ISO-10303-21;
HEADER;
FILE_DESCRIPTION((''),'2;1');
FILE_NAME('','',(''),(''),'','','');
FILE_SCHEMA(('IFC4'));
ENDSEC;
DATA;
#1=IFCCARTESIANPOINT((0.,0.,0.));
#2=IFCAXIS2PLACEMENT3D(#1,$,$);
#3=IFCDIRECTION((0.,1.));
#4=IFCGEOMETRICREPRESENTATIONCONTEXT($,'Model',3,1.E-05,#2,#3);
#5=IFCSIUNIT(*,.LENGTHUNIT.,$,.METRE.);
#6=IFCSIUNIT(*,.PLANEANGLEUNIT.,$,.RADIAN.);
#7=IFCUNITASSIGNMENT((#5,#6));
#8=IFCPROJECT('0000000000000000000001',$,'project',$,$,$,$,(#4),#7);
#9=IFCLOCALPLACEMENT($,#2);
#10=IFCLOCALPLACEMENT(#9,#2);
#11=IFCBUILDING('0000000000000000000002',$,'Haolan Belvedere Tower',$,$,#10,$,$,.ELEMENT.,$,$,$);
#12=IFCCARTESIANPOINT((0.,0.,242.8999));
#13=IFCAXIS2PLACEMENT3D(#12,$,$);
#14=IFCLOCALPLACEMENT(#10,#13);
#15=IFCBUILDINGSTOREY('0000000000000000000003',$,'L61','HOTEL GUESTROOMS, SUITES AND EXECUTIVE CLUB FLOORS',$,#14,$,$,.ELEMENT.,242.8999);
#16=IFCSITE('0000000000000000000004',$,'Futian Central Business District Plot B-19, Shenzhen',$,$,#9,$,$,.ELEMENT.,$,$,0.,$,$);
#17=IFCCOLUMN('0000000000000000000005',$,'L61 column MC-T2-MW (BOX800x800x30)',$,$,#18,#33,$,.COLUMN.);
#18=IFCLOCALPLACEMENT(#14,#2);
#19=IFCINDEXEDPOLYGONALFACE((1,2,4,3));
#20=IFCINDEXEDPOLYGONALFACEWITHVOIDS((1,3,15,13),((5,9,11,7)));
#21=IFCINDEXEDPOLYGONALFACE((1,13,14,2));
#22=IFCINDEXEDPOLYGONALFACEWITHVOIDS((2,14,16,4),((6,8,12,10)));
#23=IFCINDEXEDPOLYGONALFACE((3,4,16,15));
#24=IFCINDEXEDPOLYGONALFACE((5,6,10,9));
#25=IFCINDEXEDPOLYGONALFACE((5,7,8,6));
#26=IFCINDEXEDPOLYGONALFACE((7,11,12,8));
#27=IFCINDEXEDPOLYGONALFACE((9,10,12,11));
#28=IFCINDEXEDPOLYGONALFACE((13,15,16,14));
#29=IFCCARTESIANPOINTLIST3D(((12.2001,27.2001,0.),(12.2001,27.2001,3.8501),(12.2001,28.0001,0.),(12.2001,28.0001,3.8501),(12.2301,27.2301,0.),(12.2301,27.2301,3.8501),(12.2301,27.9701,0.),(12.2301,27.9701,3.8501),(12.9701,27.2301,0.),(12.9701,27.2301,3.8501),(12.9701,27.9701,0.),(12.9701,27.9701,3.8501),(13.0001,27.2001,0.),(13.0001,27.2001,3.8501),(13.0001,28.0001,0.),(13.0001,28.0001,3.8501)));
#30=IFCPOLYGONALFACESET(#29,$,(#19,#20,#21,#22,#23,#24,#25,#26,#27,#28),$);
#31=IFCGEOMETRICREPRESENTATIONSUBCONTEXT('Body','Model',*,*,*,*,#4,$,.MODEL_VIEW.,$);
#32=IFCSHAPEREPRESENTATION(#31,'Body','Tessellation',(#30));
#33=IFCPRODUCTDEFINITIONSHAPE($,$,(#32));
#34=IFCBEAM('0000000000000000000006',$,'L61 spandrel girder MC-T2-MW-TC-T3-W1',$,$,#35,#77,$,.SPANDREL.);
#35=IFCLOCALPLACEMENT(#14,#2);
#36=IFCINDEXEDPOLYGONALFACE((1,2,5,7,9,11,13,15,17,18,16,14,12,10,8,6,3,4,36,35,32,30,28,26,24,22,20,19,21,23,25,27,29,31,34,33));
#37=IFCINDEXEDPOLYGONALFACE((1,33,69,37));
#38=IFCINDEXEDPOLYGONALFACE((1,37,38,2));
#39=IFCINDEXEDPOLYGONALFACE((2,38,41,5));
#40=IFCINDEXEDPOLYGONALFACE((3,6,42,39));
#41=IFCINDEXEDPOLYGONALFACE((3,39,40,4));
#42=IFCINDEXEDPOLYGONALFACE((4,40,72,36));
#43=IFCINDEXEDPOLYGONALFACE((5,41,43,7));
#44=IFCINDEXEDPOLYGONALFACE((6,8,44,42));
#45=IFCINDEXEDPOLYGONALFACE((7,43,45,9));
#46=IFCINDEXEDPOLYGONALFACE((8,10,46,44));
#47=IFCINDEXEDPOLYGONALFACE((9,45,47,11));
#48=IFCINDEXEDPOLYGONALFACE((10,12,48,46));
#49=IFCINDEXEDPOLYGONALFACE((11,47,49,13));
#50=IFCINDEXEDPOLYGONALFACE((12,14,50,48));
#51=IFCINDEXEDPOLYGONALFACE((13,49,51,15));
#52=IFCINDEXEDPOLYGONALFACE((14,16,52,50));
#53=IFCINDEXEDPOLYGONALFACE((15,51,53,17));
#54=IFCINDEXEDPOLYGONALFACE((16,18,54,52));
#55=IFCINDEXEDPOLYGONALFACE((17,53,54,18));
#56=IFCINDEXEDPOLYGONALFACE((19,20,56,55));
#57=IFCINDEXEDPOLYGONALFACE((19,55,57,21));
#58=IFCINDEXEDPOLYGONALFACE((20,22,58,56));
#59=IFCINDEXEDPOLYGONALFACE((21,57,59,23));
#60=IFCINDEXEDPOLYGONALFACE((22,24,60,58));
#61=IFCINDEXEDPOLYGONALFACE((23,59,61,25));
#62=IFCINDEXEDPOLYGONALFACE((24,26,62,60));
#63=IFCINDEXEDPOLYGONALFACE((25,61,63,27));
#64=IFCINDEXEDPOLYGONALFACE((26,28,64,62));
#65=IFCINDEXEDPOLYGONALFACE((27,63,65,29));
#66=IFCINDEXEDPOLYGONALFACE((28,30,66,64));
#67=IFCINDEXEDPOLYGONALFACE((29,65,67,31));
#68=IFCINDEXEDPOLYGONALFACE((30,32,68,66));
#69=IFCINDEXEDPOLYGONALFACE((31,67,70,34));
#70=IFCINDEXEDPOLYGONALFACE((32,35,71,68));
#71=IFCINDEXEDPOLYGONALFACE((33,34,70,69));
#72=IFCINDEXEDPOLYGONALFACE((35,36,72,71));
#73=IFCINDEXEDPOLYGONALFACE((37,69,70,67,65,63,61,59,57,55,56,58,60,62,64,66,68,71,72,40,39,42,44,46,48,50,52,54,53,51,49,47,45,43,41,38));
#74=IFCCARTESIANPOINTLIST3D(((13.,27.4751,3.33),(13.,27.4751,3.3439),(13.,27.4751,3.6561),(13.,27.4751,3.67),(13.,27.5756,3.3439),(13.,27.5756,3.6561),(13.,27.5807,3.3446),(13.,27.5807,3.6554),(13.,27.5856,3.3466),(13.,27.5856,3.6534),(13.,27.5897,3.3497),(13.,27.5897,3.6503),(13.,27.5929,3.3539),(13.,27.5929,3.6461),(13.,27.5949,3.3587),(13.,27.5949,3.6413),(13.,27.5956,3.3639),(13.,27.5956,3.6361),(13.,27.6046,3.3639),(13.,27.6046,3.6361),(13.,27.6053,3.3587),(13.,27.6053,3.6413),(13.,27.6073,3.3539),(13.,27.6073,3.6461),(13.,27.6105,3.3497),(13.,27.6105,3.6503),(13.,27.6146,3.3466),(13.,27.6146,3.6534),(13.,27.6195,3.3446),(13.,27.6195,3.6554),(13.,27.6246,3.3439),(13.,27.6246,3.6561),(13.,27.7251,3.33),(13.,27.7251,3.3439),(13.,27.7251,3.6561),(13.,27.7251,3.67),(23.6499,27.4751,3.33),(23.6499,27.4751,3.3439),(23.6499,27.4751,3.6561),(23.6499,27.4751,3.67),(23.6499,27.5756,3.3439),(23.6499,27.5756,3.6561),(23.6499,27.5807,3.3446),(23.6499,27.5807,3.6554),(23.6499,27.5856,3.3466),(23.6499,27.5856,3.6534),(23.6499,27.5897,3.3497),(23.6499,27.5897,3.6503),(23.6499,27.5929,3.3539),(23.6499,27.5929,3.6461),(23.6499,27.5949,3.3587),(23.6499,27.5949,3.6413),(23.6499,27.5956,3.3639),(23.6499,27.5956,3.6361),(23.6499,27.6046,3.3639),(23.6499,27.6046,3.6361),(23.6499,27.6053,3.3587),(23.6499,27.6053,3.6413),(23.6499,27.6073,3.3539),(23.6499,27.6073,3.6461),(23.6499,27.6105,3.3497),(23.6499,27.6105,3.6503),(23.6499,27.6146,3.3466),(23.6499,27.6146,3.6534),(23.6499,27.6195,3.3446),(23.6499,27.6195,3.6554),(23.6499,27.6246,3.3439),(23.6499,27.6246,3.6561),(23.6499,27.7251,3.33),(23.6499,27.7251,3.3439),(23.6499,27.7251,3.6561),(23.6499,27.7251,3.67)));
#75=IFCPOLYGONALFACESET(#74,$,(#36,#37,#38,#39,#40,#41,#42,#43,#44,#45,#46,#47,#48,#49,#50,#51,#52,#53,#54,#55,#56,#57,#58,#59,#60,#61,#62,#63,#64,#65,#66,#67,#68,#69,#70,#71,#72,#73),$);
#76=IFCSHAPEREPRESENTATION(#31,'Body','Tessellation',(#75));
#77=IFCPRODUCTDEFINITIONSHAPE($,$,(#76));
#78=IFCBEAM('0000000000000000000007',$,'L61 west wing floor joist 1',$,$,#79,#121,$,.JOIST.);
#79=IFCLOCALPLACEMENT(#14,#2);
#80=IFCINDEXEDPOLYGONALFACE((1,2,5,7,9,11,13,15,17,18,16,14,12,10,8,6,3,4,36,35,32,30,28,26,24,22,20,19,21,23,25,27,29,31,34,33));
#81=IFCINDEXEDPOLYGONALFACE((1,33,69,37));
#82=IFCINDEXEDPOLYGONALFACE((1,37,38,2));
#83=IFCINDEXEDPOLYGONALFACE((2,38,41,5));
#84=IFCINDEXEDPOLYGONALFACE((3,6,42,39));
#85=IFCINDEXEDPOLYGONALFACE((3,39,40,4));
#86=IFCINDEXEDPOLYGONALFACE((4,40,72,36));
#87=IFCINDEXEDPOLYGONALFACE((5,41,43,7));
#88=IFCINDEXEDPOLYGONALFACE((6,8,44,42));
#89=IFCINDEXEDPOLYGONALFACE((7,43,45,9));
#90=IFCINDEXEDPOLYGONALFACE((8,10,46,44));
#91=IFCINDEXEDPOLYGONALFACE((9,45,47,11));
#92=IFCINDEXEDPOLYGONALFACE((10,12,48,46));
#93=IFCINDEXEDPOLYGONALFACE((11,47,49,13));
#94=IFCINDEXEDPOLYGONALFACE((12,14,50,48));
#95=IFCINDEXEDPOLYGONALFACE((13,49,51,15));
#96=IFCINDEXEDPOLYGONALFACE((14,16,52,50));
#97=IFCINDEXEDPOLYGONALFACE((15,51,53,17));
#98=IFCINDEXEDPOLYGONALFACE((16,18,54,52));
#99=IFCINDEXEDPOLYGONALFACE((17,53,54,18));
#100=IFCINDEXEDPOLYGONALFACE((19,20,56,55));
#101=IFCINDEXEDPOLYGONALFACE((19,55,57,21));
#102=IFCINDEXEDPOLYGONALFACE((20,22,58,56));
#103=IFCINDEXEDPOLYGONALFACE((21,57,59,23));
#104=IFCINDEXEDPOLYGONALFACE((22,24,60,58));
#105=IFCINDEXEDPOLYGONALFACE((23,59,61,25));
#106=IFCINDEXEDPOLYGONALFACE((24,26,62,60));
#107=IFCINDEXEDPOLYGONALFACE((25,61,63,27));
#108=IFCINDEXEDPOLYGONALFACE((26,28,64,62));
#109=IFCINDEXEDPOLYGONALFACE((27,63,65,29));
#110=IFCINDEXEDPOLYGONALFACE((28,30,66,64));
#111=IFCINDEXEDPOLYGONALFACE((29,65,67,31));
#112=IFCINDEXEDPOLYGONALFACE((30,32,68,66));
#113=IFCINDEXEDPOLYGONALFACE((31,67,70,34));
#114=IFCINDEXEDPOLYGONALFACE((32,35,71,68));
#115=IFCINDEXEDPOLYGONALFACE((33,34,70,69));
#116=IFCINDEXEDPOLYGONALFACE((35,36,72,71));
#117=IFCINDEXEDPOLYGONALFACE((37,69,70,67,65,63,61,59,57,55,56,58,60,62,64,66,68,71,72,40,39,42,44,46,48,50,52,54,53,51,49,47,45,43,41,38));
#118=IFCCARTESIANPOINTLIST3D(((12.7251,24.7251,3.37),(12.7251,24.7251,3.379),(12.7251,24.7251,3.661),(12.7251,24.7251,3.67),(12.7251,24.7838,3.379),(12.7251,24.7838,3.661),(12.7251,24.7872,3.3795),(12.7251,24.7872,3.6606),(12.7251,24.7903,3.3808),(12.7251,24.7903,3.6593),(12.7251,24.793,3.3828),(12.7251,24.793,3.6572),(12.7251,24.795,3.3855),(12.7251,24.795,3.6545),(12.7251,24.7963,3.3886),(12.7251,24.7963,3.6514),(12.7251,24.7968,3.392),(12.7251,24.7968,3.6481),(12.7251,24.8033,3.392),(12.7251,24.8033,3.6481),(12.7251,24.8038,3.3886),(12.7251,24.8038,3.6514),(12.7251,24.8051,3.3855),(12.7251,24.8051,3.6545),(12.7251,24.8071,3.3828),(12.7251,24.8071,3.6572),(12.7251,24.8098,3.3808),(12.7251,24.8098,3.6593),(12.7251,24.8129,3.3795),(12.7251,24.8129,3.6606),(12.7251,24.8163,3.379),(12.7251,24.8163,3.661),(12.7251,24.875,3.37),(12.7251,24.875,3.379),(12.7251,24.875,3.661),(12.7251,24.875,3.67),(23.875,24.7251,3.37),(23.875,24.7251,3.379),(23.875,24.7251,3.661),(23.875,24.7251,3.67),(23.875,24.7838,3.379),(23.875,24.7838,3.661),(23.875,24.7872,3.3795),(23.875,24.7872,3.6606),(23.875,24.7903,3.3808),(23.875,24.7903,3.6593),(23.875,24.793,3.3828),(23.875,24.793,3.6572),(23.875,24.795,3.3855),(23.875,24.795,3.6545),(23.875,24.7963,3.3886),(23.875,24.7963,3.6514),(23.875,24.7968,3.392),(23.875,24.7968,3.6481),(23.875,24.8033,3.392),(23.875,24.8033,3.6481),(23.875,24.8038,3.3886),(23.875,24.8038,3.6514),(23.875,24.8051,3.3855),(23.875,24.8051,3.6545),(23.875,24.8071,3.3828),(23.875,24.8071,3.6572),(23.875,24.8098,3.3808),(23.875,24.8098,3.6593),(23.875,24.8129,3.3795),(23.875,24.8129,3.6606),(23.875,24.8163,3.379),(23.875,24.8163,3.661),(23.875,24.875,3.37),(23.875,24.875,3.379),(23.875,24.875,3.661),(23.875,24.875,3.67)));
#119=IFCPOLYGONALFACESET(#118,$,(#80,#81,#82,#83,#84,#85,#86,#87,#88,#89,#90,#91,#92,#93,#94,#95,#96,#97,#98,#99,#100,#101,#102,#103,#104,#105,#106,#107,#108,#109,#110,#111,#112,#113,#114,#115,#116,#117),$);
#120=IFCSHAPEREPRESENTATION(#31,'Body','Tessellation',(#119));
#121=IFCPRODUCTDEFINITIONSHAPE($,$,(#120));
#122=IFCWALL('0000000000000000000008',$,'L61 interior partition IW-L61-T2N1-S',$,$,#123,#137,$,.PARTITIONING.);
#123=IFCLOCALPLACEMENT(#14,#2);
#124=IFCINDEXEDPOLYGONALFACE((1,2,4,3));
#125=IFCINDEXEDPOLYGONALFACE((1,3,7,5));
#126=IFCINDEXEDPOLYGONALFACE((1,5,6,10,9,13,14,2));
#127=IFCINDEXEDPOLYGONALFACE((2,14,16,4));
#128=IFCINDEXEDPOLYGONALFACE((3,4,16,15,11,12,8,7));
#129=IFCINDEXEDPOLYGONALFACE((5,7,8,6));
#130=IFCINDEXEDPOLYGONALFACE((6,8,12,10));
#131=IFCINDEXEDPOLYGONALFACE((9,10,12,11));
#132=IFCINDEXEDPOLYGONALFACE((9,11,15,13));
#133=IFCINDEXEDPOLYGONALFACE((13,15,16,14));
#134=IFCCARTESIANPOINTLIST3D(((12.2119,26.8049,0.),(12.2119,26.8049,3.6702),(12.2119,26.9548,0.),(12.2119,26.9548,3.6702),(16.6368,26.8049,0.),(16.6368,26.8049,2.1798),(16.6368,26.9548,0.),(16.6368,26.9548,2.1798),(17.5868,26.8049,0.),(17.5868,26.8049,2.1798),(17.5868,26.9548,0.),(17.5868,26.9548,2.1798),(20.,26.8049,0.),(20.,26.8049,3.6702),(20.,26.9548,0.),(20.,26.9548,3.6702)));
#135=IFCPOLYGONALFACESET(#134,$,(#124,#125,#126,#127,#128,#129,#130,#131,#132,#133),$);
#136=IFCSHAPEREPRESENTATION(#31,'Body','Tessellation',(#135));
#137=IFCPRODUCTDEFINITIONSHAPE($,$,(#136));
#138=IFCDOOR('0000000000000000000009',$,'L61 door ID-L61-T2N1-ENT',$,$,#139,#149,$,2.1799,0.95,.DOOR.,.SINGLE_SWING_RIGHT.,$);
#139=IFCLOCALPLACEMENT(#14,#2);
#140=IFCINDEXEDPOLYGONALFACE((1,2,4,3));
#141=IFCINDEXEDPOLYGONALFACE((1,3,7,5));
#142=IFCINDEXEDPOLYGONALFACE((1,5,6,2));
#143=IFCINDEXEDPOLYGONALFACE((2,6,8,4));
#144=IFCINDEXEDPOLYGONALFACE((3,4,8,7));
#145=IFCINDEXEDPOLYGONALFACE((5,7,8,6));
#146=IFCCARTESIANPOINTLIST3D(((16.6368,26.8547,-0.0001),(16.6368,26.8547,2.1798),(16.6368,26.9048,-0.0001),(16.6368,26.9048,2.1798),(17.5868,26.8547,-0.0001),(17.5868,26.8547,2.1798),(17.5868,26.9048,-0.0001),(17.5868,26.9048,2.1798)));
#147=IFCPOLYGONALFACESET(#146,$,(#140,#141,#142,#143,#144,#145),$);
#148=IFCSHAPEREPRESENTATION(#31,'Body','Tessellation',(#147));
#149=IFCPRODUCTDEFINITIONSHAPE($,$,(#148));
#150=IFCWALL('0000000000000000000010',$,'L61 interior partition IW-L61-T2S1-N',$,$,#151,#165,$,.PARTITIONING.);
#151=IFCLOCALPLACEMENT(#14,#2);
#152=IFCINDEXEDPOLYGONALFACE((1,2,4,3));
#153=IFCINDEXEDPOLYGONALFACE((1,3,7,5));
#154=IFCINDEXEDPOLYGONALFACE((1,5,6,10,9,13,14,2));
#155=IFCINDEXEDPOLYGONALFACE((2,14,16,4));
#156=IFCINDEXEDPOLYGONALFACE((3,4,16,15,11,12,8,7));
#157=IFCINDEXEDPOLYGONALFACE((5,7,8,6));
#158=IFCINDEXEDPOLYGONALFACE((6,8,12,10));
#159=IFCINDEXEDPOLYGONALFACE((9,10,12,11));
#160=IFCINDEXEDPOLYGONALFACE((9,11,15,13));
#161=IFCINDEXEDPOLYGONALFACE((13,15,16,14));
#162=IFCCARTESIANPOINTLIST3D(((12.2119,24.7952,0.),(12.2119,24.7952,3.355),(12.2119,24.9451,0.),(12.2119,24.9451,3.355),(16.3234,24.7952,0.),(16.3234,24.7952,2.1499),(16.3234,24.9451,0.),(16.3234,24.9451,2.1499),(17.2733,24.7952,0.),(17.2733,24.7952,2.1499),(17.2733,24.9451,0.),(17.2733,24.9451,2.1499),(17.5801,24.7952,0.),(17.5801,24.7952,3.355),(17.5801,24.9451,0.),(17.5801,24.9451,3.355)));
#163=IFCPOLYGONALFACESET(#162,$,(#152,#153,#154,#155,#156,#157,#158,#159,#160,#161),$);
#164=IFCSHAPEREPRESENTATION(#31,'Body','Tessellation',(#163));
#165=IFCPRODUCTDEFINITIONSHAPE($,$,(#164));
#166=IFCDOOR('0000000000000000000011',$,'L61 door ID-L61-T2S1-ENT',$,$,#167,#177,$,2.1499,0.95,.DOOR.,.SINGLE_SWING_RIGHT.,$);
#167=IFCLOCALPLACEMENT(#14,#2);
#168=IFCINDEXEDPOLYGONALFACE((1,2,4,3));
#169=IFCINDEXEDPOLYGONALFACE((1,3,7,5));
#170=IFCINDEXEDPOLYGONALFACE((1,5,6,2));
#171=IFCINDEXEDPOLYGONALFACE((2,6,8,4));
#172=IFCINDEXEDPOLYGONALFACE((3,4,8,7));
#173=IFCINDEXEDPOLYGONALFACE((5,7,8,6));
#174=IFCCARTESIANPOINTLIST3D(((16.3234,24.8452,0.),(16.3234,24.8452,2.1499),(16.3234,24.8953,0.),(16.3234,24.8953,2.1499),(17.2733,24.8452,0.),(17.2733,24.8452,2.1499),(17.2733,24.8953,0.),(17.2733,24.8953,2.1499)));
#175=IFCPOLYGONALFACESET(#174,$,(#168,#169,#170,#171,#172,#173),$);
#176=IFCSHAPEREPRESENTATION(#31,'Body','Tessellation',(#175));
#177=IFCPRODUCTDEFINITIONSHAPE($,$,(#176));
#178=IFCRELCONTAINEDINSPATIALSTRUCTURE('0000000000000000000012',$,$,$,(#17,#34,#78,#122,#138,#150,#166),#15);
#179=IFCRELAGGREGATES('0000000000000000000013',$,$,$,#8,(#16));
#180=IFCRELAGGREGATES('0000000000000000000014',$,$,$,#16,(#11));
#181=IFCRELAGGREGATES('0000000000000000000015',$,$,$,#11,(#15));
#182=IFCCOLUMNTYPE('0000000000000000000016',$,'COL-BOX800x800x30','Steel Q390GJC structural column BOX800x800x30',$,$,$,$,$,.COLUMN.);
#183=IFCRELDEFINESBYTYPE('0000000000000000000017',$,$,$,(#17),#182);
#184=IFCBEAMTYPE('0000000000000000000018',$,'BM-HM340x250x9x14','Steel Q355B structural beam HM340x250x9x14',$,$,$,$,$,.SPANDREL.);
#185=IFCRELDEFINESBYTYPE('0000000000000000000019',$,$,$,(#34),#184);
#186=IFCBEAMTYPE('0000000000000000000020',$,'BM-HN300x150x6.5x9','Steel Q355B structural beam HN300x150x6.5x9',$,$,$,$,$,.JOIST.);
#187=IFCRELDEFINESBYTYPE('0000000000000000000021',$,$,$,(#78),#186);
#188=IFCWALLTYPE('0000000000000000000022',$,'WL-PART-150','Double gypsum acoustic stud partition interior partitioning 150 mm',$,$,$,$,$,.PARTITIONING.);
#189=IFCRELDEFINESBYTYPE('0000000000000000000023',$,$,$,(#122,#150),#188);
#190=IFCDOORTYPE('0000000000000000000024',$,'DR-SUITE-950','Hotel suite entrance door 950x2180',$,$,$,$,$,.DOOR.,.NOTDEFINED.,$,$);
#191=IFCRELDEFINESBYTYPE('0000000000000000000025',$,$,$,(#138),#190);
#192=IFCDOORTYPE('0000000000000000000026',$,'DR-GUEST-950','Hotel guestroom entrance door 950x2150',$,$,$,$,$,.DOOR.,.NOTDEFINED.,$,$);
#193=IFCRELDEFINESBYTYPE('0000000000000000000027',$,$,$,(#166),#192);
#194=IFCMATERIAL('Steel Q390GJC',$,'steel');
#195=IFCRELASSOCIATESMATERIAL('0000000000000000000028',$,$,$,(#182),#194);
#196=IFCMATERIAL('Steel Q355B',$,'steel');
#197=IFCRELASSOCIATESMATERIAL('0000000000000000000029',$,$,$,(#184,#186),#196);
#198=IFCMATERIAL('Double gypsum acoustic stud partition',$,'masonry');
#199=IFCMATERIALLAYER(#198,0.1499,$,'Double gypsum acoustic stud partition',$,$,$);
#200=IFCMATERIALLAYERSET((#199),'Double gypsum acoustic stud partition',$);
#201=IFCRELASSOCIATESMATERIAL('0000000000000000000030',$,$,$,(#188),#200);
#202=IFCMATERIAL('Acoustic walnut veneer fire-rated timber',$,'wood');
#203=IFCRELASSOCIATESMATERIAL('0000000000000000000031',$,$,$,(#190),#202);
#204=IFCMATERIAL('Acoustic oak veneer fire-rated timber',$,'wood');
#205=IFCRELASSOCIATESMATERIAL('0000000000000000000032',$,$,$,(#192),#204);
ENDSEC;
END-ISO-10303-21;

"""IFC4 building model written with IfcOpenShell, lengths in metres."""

from ifc_helpers import new_model, si_unit, direction, frame, frame_2d, origin, origin_2d, place, context, subcontext, project, spatial, rectangle, hollow_rectangle, i_section, extrude, material, layer, layer_set, material_profile, profile_set, type_object, element, fill, save


model = new_model("IFC4")

# Units and contexts
model_context = context("Model", 3, precision=1e-05, world=origin(), true_north=direction((0.0, 1.0)))
body_context = subcontext(model_context, "Body", "Model", "MODEL_VIEW")
ifc_project = project(units=[si_unit("LENGTHUNIT", "METRE"), si_unit("PLANEANGLEUNIT", "RADIAN")], contexts=[model_context])

# Site, building, storey
site_placement = place(None, origin())
site = spatial("IfcSite", under=ifc_project, at=site_placement, Name="Futian Central Business District Plot B-19, Shenzhen", CompositionType="ELEMENT", RefElevation=0.0)
building_placement = place(site_placement, origin())
building = spatial("IfcBuilding", under=site, at=building_placement, Name="Haolan Belvedere Tower", CompositionType="ELEMENT")
storey_placement = place(building_placement, frame((0.0, 0.0, 242.8999)))
storey = spatial("IfcBuildingStorey", under=building, at=storey_placement, Name="L61", Description="HOTEL GUESTROOMS, SUITES AND EXECUTIVE CLUB FLOORS", CompositionType="ELEMENT", Elevation=242.8999)

# Column
ifc_material_1 = material(Name="Steel Q390GJC", Category="steel")
ifc_material_profile_1 = material_profile(ifc_material_1, hollow_rectangle(XDim=0.8, YDim=0.8, WallThickness=0.03, at=origin_2d()), Name="Steel Q390GJC")
ifc_profile_set_1 = profile_set([ifc_material_profile_1], Name="Steel Q390GJC")
column_type = type_object("IfcColumnType", Name="COL-BOX800x800x30", Description="Steel Q390GJC structural column BOX800x800x30", PredefinedType="COLUMN", material=ifc_profile_set_1)
column_placement = place(storey_placement, frame((12.6001, 27.6001, 0.0), z_axis=(0.0, 0.0, 1.0), x_axis=(1.0, 0.0, 0.0)))
element("IfcColumn", 1, at=column_placement, inside=storey, type_object=column_type, Name="L61 column MC-T2-MW (BOX800x800x30)", PredefinedType="COLUMN", context=body_context, shape_type="SweptSolid", body=[
    extrude(hollow_rectangle(XDim=0.8, YDim=0.8, WallThickness=0.03, at=origin_2d()), origin(), (0.0, 0.0, 1.0), 3.8501),
])

# Beams
ifc_material_2 = material(Name="Steel Q355B", Category="steel")
ifc_material_profile_2 = material_profile(ifc_material_2, i_section(OverallWidth=0.25, OverallDepth=0.3401, WebThickness=0.009, FlangeThickness=0.0139, FilletRadius=0.02, at=origin_2d()), Name="Steel Q355B")
ifc_profile_set_2 = profile_set([ifc_material_profile_2], Name="Steel Q355B")
beam_type_1 = type_object("IfcBeamType", Name="BM-HM340x250x9x14", Description="Steel Q355B structural beam HM340x250x9x14", PredefinedType="SPANDREL", material=ifc_profile_set_2)
beam_1_placement = place(storey_placement, frame((13.0, 27.6001, 3.5), z_axis=(1.0, 0.0, 0.0), x_axis=(0.0, 1.0, 0.0)))
element("IfcBeam", 2, at=beam_1_placement, inside=storey, type_object=beam_type_1, Name="L61 spandrel girder MC-T2-MW-TC-T3-W1", PredefinedType="SPANDREL", context=body_context, shape_type="SweptSolid", body=[
    extrude(i_section(OverallWidth=0.25, OverallDepth=0.3401, WebThickness=0.009, FlangeThickness=0.0139, FilletRadius=0.02, at=origin_2d()), origin(), (0.0, 0.0, 1.0), 10.6499),
])
ifc_material_profile_3 = material_profile(ifc_material_2, i_section(OverallWidth=0.1499, OverallDepth=0.3, WebThickness=0.0066, FlangeThickness=0.009, FilletRadius=0.0129, at=origin_2d()), Name="Steel Q355B")
ifc_profile_set_3 = profile_set([ifc_material_profile_3], Name="Steel Q355B")
beam_type_2 = type_object("IfcBeamType", Name="BM-HN300x150x6.5x9", Description="Steel Q355B structural beam HN300x150x6.5x9", PredefinedType="JOIST", material=ifc_profile_set_3)
beam_2_placement = place(storey_placement, frame((12.7251, 24.8, 3.52), z_axis=(1.0, 0.0, 0.0), x_axis=(0.0, 1.0, 0.0)))
element("IfcBeam", 3, at=beam_2_placement, inside=storey, type_object=beam_type_2, Name="L61 west wing floor joist 1", PredefinedType="JOIST", context=body_context, shape_type="SweptSolid", body=[
    extrude(i_section(OverallWidth=0.1499, OverallDepth=0.3, WebThickness=0.0066, FlangeThickness=0.009, FilletRadius=0.0129, at=origin_2d()), origin(), (0.0, 0.0, 1.0), 11.1499),
])

# Walls, openings, doors
ifc_material_3 = material(Name="Double gypsum acoustic stud partition", Category="masonry")
ifc_layer_1 = layer(ifc_material_3, 0.1499, Name="Double gypsum acoustic stud partition")
ifc_layer_set_1 = layer_set([ifc_layer_1], Name="Double gypsum acoustic stud partition")
wall_type_1 = type_object("IfcWallType", Name="WL-PART-150", Description="Double gypsum acoustic stud partition interior partitioning 150 mm", PredefinedType="PARTITIONING", material=ifc_layer_set_1)
wall_1_placement = place(storey_placement, frame((12.2119, 26.8799, 0.0), z_axis=(0.0, 0.0, 1.0), x_axis=(1.0, 0.0, 0.0)))
wall_1 = element("IfcWall", 4, at=wall_1_placement, inside=storey, type_object=wall_type_1, Name="L61 interior partition IW-L61-T2N1-S", PredefinedType="PARTITIONING", context=body_context, shape_type="SweptSolid", body=[
    extrude(rectangle(XDim=7.7881, YDim=0.1499, at=frame_2d((3.894, 0.0))), origin(), (0.0, 0.0, 1.0), 3.6702),
])
opening_1_placement = place(wall_1_placement, frame((4.4248, 0.0, 0.0)))
opening_1 = element("IfcOpeningElement", 5, at=opening_1_placement, cuts=wall_1, PredefinedType="OPENING", context=body_context, shape_type="SweptSolid", body=[
    extrude(rectangle(XDim=0.95, YDim=2.1799, at=frame_2d((0.4751, 1.0898))), frame((0.0, 0.085, 0.0), z_axis=(0.0, -1.0, 0.0), x_axis=(1.0, 0.0, 0.0)), (0.0, 0.0, 1.0), 0.1699),
])
ifc_material_4 = material(Name="Acoustic walnut veneer fire-rated timber", Category="wood")
door_type_1 = type_object("IfcDoorType", Name="DR-SUITE-950", Description="Hotel suite entrance door 950x2180", OperationType="NOTDEFINED", PredefinedType="DOOR", material=ifc_material_4)
door_1_placement = place(opening_1_placement, origin())
door_1 = element("IfcDoor", 6, at=door_1_placement, inside=storey, type_object=door_type_1, Name="L61 door ID-L61-T2N1-ENT", OperationType="SINGLE_SWING_RIGHT", OverallHeight=2.1799, OverallWidth=0.95, PredefinedType="DOOR", context=body_context, shape_type="SweptSolid", body=[
    extrude(rectangle(XDim=0.95, YDim=2.1799, at=frame_2d((0.4751, 1.0898))), frame((0.0, 0.0249, 0.0), z_axis=(0.0, -1.0, 0.0), x_axis=(1.0, 0.0, 0.0)), (0.0, 0.0, 1.0), 0.05),
])
fill(opening_1, door_1)
wall_2_placement = place(storey_placement, frame((12.2119, 24.8701, 0.0), z_axis=(0.0, 0.0, 1.0), x_axis=(1.0, 0.0, 0.0)))
wall_2 = element("IfcWall", 7, at=wall_2_placement, inside=storey, type_object=wall_type_1, Name="L61 interior partition IW-L61-T2S1-N", PredefinedType="PARTITIONING", context=body_context, shape_type="SweptSolid", body=[
    extrude(rectangle(XDim=5.3682, YDim=0.1499, at=frame_2d((2.6841, 0.0))), origin(), (0.0, 0.0, 1.0), 3.355),
])
opening_2_placement = place(wall_2_placement, frame((5.0615, 0.0, 0.0), z_axis=(0.0, 0.0, 1.0), x_axis=(-1.0, 0.0, 0.0)))
opening_2 = element("IfcOpeningElement", 8, at=opening_2_placement, cuts=wall_2, PredefinedType="OPENING", context=body_context, shape_type="SweptSolid", body=[
    extrude(rectangle(XDim=0.95, YDim=2.1499, at=frame_2d((0.4751, 1.075))), frame((0.0, 0.085, 0.0), z_axis=(0.0, -1.0, 0.0), x_axis=(1.0, 0.0, 0.0)), (0.0, 0.0, 1.0), 0.1699),
])
ifc_material_5 = material(Name="Acoustic oak veneer fire-rated timber", Category="wood")
door_type_2 = type_object("IfcDoorType", Name="DR-GUEST-950", Description="Hotel guestroom entrance door 950x2150", OperationType="NOTDEFINED", PredefinedType="DOOR", material=ifc_material_5)
door_2_placement = place(opening_2_placement, origin())
door_2 = element("IfcDoor", 9, at=door_2_placement, inside=storey, type_object=door_type_2, Name="L61 door ID-L61-T2S1-ENT", OperationType="SINGLE_SWING_RIGHT", OverallHeight=2.1499, OverallWidth=0.95, PredefinedType="DOOR", context=body_context, shape_type="SweptSolid", body=[
    extrude(rectangle(XDim=0.95, YDim=2.1499, at=frame_2d((0.4751, 1.075))), frame((0.0, 0.0249, 0.0), z_axis=(0.0, -1.0, 0.0), x_axis=(1.0, 0.0, 0.0)), (0.0, 0.0, 1.0), 0.05),
])
fill(opening_2, door_2)

save(model, "model.ifc")
